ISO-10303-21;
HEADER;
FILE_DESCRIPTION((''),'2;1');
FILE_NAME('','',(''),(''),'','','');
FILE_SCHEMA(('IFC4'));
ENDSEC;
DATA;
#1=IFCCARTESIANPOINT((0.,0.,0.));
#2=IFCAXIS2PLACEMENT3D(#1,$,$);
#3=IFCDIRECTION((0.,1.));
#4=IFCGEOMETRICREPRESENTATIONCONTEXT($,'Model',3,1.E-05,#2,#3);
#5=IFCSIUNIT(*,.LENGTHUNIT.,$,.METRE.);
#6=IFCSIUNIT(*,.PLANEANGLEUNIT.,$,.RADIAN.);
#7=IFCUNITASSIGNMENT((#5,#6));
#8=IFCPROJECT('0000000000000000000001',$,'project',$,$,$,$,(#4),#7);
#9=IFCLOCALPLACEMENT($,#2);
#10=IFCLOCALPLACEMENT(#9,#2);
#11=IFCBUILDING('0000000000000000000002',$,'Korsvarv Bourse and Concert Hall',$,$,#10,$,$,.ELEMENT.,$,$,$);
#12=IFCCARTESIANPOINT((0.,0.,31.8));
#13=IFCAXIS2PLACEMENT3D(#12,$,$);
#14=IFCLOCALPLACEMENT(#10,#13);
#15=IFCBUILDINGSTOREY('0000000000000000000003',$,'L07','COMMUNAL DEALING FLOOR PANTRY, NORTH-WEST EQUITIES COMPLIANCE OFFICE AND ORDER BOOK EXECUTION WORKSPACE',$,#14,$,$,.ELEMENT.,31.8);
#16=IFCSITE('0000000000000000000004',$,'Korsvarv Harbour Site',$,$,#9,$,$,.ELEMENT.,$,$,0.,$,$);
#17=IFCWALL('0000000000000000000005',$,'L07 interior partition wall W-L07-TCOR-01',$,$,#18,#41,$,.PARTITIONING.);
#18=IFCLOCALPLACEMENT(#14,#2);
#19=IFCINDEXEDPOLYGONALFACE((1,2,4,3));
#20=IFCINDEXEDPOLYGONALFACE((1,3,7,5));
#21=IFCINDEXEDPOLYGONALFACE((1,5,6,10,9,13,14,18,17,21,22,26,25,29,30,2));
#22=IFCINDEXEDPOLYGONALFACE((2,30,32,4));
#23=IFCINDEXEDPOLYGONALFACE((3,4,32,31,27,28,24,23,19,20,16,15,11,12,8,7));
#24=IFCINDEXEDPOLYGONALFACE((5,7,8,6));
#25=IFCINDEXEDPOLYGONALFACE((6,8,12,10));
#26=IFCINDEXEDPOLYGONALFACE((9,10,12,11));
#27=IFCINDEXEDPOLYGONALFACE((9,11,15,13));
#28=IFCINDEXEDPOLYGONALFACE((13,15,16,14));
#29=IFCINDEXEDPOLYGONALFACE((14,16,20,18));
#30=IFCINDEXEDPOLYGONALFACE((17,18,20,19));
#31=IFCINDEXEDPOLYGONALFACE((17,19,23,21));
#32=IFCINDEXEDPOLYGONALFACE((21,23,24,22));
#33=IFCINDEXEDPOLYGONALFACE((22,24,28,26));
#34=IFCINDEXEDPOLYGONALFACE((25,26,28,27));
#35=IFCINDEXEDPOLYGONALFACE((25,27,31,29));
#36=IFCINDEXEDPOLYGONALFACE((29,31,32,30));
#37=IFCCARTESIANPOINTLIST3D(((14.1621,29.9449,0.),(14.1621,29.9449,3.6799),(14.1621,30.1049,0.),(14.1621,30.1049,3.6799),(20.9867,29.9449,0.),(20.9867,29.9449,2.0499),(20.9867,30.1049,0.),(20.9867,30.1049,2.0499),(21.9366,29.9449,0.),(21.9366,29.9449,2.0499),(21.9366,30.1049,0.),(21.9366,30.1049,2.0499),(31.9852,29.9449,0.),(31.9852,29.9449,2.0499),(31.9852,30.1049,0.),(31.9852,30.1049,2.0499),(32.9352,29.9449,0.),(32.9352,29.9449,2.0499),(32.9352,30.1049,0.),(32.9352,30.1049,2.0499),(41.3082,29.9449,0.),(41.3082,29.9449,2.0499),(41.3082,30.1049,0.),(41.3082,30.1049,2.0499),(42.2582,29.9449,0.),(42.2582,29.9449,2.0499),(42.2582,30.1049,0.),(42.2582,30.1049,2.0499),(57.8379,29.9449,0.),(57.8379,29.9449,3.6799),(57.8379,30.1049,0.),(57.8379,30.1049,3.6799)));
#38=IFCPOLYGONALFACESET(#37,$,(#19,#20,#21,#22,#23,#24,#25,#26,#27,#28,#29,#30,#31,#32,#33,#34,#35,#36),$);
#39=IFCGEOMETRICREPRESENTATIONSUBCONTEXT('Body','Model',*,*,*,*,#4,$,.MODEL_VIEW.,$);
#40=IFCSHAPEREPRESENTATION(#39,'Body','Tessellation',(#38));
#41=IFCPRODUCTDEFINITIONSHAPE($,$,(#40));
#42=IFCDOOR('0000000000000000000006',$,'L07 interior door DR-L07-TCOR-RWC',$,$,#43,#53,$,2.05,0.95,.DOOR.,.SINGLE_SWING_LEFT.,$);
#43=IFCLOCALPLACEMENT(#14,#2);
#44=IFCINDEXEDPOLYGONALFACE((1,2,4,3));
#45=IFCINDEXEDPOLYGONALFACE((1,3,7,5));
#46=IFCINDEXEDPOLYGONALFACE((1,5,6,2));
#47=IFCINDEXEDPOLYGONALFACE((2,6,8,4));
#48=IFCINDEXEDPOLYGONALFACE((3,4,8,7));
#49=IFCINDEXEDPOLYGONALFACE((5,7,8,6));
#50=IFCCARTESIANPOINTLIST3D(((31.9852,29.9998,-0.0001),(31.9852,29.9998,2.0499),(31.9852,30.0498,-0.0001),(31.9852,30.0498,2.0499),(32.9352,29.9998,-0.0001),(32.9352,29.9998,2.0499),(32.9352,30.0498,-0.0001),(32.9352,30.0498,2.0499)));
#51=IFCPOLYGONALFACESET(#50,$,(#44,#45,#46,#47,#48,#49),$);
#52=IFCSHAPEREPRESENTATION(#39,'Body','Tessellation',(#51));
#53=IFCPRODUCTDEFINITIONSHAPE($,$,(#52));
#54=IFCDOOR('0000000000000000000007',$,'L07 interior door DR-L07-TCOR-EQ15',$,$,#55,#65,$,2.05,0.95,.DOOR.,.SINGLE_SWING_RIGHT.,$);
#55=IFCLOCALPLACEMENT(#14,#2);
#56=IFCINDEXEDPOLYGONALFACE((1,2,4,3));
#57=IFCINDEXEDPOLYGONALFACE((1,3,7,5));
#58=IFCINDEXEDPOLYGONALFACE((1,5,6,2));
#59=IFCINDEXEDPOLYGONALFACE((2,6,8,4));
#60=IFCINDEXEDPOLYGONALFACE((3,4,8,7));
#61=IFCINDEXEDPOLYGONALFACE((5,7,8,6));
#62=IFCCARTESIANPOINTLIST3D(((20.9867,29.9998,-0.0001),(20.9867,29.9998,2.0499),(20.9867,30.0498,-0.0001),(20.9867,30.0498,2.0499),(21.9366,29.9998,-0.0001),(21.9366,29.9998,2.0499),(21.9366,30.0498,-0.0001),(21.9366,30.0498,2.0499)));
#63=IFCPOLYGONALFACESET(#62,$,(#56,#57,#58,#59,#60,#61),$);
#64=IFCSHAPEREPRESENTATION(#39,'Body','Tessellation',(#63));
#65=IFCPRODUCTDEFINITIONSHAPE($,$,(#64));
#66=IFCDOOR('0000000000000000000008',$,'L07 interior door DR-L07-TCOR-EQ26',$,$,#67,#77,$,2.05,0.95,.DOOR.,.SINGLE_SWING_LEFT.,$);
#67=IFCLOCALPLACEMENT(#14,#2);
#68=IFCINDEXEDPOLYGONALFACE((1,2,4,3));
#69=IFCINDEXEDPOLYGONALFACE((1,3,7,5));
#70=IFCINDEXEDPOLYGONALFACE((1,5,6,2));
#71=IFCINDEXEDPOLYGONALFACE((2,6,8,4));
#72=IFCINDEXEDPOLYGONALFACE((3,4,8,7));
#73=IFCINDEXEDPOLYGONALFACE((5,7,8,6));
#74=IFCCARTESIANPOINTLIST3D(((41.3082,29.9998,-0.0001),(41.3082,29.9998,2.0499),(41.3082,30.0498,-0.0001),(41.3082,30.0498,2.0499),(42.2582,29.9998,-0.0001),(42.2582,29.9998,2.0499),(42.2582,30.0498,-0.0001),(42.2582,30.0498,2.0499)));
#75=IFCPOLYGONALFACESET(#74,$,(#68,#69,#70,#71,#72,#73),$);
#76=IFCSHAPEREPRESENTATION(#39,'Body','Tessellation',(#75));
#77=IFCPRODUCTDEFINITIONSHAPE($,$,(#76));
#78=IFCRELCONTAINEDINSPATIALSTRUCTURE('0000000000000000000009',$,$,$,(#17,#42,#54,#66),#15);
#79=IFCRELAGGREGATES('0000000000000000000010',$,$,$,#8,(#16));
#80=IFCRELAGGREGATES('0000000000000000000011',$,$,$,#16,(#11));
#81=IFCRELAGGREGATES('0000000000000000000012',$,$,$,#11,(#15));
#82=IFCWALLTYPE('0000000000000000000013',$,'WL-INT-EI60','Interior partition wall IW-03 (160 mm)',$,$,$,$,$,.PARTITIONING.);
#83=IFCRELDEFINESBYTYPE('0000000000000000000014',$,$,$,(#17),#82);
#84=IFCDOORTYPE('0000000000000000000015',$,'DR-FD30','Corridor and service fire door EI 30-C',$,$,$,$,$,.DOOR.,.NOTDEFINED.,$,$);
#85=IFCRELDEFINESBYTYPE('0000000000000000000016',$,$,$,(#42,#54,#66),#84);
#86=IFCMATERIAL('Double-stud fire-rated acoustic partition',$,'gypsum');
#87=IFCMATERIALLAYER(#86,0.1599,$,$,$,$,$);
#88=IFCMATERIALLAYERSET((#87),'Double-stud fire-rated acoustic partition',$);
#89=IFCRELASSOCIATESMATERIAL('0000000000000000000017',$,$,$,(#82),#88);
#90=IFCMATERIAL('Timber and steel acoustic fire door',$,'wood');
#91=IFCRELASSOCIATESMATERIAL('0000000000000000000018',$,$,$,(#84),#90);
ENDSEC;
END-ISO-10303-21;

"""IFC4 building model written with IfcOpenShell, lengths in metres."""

from ifc_helpers import new_model, si_unit, direction, frame, frame_2d, origin, place, context, subcontext, project, spatial, rectangle, extrude, material, layer, layer_set, type_object, element, fill, save


model = new_model("IFC4")

# Units and contexts
model_context = context("Model", 3, precision=1e-05, world=origin(), true_north=direction((0.0, 1.0)))
body_context = subcontext(model_context, "Body", "Model", "MODEL_VIEW")
ifc_project = project(units=[si_unit("LENGTHUNIT", "METRE"), si_unit("PLANEANGLEUNIT", "RADIAN")], contexts=[model_context])

# Site, building, storey
site_placement = place(None, origin())
site = spatial("IfcSite", under=ifc_project, at=site_placement, Name="Korsvarv Harbour Site", CompositionType="ELEMENT", RefElevation=0.0)
building_placement = place(site_placement, origin())
building = spatial("IfcBuilding", under=site, at=building_placement, Name="Korsvarv Bourse and Concert Hall", CompositionType="ELEMENT")
storey_placement = place(building_placement, frame((0.0, 0.0, 31.8)))
storey = spatial("IfcBuildingStorey", under=building, at=storey_placement, Name="L07", Description="COMMUNAL DEALING FLOOR PANTRY, NORTH-WEST EQUITIES COMPLIANCE OFFICE AND ORDER BOOK EXECUTION WORKSPACE", CompositionType="ELEMENT", Elevation=31.8)

# Wall, openings, doors
ifc_material_1 = material(Name="Double-stud fire-rated acoustic partition", Category="gypsum")
ifc_layer_1 = layer(ifc_material_1, 0.1599)
ifc_layer_set_1 = layer_set([ifc_layer_1], Name="Double-stud fire-rated acoustic partition")
wall_type = type_object("IfcWallType", Name="WL-INT-EI60", Description="Interior partition wall IW-03 (160 mm)", PredefinedType="PARTITIONING", material=ifc_layer_set_1)
wall_placement = place(storey_placement, frame((14.1621, 30.0249, 0.0), z_axis=(0.0, 0.0, 1.0), x_axis=(1.0, 0.0, 0.0)))
wall = element("IfcWall", 1, at=wall_placement, inside=storey, type_object=wall_type, Name="L07 interior partition wall W-L07-TCOR-01", PredefinedType="PARTITIONING", context=body_context, shape_type="SweptSolid", body=[
    extrude(rectangle(XDim=43.6758, YDim=0.1599, at=frame_2d((21.8379, 0.0))), origin(), (0.0, 0.0, 1.0), 3.6799),
])
opening_1_placement = place(wall_placement, frame((17.823, 0.0, 0.0)))
opening_1 = element("IfcOpeningElement", 2, at=opening_1_placement, cuts=wall, PredefinedType="OPENING", context=body_context, shape_type="SweptSolid", body=[
    extrude(rectangle(XDim=0.95, YDim=2.05, at=frame_2d((0.4751, 1.0249))), frame((0.0, 0.0898, 0.0), z_axis=(0.0, -1.0, 0.0), x_axis=(1.0, 0.0, 0.0)), (0.0, 0.0, 1.0), 0.1799),
])
opening_2_placement = place(wall_placement, frame((6.8245, 0.0, 0.0)))
opening_2 = element("IfcOpeningElement", 3, at=opening_2_placement, cuts=wall, PredefinedType="OPENING", context=body_context, shape_type="SweptSolid", body=[
    extrude(rectangle(XDim=0.95, YDim=2.05, at=frame_2d((0.4751, 1.0249))), frame((0.0, 0.0898, 0.0), z_axis=(0.0, -1.0, 0.0), x_axis=(1.0, 0.0, 0.0)), (0.0, 0.0, 1.0), 0.1799),
])
opening_3_placement = place(wall_placement, frame((27.146, 0.0, 0.0)))
opening_3 = element("IfcOpeningElement", 4, at=opening_3_placement, cuts=wall, PredefinedType="OPENING", context=body_context, shape_type="SweptSolid", body=[
    extrude(rectangle(XDim=0.95, YDim=2.05, at=frame_2d((0.4751, 1.0249))), frame((0.0, 0.0898, 0.0), z_axis=(0.0, -1.0, 0.0), x_axis=(1.0, 0.0, 0.0)), (0.0, 0.0, 1.0), 0.1799),
])
ifc_material_2 = material(Name="Timber and steel acoustic fire door", Category="wood")
door_type = type_object("IfcDoorType", Name="DR-FD30", Description="Corridor and service fire door EI 30-C", OperationType="NOTDEFINED", PredefinedType="DOOR", material=ifc_material_2)
door_1_placement = place(opening_1_placement, origin())
door_1 = element("IfcDoor", 5, at=door_1_placement, inside=storey, type_object=door_type, Name="L07 interior door DR-L07-TCOR-RWC", OperationType="SINGLE_SWING_LEFT", OverallHeight=2.05, OverallWidth=0.95, PredefinedType="DOOR", context=body_context, shape_type="SweptSolid", body=[
    extrude(rectangle(XDim=0.95, YDim=2.05, at=frame_2d((0.4751, 1.0249))), frame((0.0, 0.0249, 0.0), z_axis=(0.0, -1.0, 0.0), x_axis=(1.0, 0.0, 0.0)), (0.0, 0.0, 1.0), 0.05),
])
fill(opening_1, door_1)
door_2_placement = place(opening_2_placement, origin())
door_2 = element("IfcDoor", 6, at=door_2_placement, inside=storey, type_object=door_type, Name="L07 interior door DR-L07-TCOR-EQ15", OperationType="SINGLE_SWING_RIGHT", OverallHeight=2.05, OverallWidth=0.95, PredefinedType="DOOR", context=body_context, shape_type="SweptSolid", body=[
    extrude(rectangle(XDim=0.95, YDim=2.05, at=frame_2d((0.4751, 1.0249))), frame((0.0, 0.0249, 0.0), z_axis=(0.0, -1.0, 0.0), x_axis=(1.0, 0.0, 0.0)), (0.0, 0.0, 1.0), 0.05),
])
fill(opening_2, door_2)
door_3_placement = place(opening_3_placement, origin())
door_3 = element("IfcDoor", 7, at=door_3_placement, inside=storey, type_object=door_type, Name="L07 interior door DR-L07-TCOR-EQ26", OperationType="SINGLE_SWING_LEFT", OverallHeight=2.05, OverallWidth=0.95, PredefinedType="DOOR", context=body_context, shape_type="SweptSolid", body=[
    extrude(rectangle(XDim=0.95, YDim=2.05, at=frame_2d((0.4751, 1.0249))), frame((0.0, 0.0249, 0.0), z_axis=(0.0, -1.0, 0.0), x_axis=(1.0, 0.0, 0.0)), (0.0, 0.0, 1.0), 0.05),
])
fill(opening_3, door_3)

save(model, "model.ifc")
